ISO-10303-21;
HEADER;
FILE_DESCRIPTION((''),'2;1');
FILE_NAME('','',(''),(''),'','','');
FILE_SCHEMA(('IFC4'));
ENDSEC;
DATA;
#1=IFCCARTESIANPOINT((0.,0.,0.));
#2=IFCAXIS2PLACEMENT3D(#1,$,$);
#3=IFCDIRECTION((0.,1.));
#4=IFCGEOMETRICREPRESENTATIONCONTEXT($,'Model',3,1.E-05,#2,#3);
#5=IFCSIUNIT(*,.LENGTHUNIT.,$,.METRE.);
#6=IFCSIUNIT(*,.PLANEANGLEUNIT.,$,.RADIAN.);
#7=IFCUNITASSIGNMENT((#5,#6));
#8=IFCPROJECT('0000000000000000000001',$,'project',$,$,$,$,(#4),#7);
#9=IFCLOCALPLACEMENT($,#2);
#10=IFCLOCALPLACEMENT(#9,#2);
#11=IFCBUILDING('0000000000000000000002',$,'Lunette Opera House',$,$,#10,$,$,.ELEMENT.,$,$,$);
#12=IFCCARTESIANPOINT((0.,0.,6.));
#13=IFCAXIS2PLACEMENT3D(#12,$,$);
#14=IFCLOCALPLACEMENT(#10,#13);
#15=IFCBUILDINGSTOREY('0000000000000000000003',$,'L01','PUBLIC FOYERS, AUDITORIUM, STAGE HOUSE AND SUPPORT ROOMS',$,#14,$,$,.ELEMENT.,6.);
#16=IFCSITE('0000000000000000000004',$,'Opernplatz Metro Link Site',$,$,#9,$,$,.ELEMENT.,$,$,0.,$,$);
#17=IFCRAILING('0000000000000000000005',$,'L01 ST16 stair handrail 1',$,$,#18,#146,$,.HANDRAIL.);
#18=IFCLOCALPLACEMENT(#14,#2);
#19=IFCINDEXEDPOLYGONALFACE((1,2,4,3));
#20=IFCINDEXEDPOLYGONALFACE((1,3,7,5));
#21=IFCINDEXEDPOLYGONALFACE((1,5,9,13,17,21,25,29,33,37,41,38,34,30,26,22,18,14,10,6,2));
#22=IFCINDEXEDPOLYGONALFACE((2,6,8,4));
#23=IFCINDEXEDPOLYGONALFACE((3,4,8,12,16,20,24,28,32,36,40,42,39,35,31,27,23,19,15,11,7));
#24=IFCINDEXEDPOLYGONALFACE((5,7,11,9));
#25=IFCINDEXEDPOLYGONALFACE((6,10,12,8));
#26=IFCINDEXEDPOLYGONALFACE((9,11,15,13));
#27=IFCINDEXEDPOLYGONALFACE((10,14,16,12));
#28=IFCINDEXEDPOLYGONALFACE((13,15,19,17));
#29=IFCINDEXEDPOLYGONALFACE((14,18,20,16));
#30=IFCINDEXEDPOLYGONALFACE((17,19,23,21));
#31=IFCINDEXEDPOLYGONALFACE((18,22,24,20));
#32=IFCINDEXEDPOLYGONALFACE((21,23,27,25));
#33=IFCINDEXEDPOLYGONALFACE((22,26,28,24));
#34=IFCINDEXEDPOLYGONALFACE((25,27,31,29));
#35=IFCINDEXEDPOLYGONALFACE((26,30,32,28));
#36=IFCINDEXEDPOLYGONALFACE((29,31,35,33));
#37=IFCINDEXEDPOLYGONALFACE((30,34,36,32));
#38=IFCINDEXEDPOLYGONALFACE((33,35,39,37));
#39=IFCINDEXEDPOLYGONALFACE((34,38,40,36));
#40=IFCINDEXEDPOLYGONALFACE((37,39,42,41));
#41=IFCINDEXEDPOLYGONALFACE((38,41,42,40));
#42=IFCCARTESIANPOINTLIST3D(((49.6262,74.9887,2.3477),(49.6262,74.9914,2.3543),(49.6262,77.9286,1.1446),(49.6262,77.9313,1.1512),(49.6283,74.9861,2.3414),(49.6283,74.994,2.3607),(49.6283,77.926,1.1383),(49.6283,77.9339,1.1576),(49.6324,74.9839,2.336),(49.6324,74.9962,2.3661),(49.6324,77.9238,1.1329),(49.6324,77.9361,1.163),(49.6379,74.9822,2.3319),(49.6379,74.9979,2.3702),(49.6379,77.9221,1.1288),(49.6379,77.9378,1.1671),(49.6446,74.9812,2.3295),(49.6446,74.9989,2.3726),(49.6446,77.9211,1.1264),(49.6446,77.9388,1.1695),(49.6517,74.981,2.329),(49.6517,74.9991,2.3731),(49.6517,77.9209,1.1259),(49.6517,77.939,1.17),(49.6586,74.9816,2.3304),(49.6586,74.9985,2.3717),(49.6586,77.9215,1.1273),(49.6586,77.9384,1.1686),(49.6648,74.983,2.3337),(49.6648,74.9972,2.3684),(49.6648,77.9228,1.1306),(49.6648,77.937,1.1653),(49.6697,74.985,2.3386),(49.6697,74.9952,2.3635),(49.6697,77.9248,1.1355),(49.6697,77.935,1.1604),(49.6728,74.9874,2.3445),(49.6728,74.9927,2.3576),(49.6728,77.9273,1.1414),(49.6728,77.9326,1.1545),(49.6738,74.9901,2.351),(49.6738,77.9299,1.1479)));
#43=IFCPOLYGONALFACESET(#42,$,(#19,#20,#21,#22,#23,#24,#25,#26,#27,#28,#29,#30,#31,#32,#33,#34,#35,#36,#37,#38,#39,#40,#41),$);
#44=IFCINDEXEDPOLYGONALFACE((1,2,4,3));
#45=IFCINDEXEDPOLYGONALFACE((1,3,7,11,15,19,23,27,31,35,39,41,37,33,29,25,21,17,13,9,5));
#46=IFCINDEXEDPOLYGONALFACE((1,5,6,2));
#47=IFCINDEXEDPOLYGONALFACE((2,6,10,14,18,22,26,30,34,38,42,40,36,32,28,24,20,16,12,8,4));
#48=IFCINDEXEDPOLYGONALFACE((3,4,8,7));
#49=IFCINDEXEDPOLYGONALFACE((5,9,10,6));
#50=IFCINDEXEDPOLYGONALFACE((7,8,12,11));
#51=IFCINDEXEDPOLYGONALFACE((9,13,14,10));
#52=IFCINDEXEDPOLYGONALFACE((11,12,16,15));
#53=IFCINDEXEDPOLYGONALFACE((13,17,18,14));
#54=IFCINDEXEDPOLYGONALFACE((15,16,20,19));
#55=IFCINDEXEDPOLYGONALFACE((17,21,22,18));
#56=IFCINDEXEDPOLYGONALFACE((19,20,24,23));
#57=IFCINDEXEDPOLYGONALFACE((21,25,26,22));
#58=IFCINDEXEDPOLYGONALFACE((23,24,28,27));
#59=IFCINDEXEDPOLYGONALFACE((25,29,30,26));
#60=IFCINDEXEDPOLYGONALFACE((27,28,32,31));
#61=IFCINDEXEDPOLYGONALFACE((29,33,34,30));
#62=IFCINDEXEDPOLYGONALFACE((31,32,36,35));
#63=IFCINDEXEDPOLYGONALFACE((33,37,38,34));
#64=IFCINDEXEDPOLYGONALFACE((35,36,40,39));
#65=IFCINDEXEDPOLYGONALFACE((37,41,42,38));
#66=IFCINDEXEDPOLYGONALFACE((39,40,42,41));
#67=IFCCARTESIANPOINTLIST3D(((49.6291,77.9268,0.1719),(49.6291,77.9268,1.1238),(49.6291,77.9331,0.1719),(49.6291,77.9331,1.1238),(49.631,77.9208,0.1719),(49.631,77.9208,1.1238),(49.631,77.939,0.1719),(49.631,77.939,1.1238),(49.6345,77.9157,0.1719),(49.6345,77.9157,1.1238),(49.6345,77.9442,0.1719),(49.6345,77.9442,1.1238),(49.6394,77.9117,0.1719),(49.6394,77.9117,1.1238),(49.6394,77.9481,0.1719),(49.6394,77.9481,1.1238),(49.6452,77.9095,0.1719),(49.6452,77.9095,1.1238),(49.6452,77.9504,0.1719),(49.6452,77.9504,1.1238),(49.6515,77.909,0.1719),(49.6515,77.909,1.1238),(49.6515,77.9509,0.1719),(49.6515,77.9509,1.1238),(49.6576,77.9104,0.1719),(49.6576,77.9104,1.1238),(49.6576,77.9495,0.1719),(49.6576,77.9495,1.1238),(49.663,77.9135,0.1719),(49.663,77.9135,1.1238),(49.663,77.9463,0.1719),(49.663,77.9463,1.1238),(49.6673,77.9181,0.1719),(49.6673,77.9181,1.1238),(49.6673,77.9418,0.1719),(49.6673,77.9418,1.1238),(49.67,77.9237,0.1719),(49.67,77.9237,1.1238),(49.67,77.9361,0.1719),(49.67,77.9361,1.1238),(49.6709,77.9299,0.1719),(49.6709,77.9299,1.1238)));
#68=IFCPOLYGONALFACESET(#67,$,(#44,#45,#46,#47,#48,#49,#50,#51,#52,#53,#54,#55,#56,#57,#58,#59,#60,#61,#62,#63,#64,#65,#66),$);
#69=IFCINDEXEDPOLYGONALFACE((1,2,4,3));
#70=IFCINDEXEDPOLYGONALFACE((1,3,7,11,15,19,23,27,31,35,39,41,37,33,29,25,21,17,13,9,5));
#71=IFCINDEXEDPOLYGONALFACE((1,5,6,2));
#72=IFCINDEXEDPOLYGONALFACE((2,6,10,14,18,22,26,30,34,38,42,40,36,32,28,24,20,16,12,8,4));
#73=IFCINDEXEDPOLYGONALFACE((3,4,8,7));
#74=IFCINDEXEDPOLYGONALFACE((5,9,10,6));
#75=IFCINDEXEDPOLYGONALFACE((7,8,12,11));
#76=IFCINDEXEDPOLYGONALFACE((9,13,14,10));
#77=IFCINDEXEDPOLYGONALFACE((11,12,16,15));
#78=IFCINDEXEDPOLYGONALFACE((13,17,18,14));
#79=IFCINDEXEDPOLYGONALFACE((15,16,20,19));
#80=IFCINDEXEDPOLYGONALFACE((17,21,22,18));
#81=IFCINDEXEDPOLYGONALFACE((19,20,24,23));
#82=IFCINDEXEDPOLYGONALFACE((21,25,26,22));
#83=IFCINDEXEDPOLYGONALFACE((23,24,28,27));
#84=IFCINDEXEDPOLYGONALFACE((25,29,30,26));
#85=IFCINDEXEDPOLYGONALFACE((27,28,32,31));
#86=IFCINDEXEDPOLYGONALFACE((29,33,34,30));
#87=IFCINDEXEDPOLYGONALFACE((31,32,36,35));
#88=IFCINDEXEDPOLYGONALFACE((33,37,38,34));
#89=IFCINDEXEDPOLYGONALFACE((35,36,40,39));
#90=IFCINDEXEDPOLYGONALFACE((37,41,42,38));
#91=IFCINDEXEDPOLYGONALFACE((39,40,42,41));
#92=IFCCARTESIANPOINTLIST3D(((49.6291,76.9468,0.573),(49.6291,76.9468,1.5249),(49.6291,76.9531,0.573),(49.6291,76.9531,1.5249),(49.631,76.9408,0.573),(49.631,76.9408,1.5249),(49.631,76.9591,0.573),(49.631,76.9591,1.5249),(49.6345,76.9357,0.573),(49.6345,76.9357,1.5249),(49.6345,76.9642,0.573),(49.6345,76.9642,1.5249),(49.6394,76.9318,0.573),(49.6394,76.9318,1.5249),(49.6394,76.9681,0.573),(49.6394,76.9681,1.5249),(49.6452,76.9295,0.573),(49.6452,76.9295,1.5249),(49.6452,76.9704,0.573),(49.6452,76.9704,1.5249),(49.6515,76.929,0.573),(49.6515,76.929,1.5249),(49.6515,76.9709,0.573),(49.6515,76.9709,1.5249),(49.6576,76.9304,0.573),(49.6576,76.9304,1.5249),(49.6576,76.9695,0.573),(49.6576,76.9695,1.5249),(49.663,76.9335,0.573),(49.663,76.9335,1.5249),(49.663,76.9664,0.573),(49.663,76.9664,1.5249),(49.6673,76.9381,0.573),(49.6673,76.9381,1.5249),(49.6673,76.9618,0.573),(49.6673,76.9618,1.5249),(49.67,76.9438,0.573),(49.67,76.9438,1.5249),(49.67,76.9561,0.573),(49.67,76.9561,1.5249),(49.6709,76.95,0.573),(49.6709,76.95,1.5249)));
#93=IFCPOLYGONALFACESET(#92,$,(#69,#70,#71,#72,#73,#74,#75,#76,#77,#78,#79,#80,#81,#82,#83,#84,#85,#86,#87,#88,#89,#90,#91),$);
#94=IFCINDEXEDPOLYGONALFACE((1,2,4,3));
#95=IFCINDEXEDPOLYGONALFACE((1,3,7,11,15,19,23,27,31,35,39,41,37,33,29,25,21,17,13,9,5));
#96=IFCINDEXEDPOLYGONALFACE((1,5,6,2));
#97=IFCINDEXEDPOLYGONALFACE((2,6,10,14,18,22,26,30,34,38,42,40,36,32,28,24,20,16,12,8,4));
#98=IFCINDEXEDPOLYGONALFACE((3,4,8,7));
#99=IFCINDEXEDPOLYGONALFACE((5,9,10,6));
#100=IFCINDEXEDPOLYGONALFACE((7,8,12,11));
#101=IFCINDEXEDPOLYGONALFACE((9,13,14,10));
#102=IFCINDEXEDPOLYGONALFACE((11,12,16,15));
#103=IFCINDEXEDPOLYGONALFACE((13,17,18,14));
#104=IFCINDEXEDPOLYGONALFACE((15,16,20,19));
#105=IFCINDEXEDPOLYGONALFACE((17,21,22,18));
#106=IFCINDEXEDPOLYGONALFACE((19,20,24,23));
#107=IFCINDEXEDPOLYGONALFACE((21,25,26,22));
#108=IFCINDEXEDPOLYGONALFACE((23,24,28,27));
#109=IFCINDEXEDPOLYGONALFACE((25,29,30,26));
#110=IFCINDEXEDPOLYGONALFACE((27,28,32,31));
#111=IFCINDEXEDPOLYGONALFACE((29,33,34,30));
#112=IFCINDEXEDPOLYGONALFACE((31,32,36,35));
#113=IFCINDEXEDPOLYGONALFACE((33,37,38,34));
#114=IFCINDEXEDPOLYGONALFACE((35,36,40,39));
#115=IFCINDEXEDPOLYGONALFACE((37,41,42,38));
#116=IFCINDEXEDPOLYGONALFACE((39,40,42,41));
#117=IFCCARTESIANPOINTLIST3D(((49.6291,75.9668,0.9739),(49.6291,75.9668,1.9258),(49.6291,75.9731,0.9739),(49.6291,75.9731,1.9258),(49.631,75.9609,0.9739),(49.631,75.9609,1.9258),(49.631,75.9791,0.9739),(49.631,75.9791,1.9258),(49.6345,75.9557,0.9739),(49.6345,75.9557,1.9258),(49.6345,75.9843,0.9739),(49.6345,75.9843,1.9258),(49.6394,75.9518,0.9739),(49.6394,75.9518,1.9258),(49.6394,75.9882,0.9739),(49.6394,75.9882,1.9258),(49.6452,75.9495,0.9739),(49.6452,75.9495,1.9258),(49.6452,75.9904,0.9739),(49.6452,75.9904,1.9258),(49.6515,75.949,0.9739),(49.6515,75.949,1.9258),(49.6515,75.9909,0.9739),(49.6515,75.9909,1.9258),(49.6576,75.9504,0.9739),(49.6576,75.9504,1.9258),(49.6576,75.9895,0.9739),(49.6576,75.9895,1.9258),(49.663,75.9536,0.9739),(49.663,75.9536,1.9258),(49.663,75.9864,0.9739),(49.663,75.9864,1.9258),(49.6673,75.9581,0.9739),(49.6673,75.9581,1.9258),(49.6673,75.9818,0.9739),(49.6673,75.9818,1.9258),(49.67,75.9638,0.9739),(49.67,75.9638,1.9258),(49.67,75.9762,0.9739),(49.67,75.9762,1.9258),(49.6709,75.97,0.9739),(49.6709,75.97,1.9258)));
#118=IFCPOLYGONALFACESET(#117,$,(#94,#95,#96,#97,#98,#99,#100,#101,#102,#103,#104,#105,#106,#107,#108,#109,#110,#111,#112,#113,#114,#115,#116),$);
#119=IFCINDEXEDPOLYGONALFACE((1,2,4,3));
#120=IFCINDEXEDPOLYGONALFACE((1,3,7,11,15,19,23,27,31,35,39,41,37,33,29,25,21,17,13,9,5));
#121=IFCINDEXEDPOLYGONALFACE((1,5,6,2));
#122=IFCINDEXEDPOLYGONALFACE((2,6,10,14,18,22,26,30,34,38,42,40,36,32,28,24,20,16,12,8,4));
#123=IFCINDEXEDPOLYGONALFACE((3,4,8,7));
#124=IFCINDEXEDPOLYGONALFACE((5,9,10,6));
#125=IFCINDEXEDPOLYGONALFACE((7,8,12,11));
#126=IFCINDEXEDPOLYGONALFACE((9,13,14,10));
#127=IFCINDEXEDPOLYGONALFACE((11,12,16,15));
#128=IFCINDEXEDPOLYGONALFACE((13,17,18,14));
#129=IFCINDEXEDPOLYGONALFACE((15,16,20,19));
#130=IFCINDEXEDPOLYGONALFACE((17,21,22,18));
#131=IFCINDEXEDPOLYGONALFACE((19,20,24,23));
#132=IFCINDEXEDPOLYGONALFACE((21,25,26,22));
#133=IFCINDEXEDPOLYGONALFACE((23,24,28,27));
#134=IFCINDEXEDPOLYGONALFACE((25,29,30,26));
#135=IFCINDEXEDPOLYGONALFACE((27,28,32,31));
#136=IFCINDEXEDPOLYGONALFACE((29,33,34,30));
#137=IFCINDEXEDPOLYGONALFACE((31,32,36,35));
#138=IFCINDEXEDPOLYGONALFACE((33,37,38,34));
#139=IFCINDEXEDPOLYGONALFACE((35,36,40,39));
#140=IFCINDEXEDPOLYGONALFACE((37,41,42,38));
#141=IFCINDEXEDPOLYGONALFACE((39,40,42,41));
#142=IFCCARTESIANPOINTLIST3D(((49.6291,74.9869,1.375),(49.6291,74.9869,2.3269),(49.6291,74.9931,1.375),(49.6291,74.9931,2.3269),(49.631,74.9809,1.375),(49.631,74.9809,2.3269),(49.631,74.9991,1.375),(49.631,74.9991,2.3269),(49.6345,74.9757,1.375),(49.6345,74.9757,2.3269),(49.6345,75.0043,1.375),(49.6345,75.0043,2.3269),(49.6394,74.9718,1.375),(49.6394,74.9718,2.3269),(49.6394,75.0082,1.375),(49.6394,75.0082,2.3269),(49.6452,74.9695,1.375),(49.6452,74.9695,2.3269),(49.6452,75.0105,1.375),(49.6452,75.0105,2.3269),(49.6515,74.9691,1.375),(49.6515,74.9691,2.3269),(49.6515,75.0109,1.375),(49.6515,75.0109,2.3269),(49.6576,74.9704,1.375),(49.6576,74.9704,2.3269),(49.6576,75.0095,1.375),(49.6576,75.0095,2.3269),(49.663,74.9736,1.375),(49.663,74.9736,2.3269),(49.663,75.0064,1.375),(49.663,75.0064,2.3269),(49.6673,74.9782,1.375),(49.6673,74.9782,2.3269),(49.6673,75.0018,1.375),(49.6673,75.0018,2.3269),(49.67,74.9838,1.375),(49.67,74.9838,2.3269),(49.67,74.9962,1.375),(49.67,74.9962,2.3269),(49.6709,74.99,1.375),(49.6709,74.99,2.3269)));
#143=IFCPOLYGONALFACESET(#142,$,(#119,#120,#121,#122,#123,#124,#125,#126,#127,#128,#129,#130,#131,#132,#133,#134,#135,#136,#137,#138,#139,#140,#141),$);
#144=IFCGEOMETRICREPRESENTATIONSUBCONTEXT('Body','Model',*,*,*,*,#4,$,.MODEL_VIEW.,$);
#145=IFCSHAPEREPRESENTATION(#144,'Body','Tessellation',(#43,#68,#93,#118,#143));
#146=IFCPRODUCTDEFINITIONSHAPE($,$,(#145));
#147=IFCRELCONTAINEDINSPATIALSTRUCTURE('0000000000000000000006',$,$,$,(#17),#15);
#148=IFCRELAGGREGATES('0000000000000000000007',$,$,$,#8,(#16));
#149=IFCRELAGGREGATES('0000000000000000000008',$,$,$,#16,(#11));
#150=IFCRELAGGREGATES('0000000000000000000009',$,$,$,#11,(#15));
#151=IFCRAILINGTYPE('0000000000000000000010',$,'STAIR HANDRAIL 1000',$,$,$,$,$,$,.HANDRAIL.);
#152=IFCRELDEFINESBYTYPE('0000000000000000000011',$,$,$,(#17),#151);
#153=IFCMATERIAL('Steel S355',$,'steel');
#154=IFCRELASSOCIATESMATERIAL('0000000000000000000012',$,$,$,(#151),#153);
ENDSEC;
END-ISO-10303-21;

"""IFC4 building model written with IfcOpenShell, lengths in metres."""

from ifc_helpers import new_model, si_unit, direction, frame, origin, origin_2d, place, context, subcontext, project, spatial, circle, extrude, material, type_object, element, save


model = new_model("IFC4")

# Units and contexts
model_context = context("Model", 3, precision=1e-05, world=origin(), true_north=direction((0.0, 1.0)))
body_context = subcontext(model_context, "Body", "Model", "MODEL_VIEW")
ifc_project = project(units=[si_unit("LENGTHUNIT", "METRE"), si_unit("PLANEANGLEUNIT", "RADIAN")], contexts=[model_context])

# Site, building, storey
site_placement = place(None, origin())
site = spatial("IfcSite", under=ifc_project, at=site_placement, Name="Opernplatz Metro Link Site", CompositionType="ELEMENT", RefElevation=0.0)
building_placement = place(site_placement, origin())
building = spatial("IfcBuilding", under=site, at=building_placement, Name="Lunette Opera House", CompositionType="ELEMENT")
storey_placement = place(building_placement, frame((0.0, 0.0, 6.0)))
storey = spatial("IfcBuildingStorey", under=building, at=storey_placement, Name="L01", Description="PUBLIC FOYERS, AUDITORIUM, STAGE HOUSE AND SUPPORT ROOMS", CompositionType="ELEMENT", Elevation=6.0)

# Railing
ifc_material_1 = material(Name="Steel S355", Category="steel")
railing_type_1 = type_object("IfcRailingType", Name="STAIR HANDRAIL 1000", PredefinedType="HANDRAIL", material=ifc_material_1)
railing_1_placement = place(storey_placement, frame((49.6499, 77.9299, 0.1719)))
element("IfcRailing", 1, at=railing_1_placement, inside=storey, type_object=railing_type_1, Name="L01 ST16 stair handrail 1", PredefinedType="HANDRAIL", context=body_context, shape_type="SweptSolid", body=[
    extrude(circle(Radius=0.0239, at=origin_2d()), frame((0.0, 0.0, 0.9761), z_axis=(0.0, -0.9255, 0.378747), x_axis=(1.0, 0.0, 0.0)), (0.0, 0.0, 1.0), 3.1765),
    extrude(circle(Radius=0.021, at=origin_2d()), origin(), (0.0, 0.0, 1.0), 0.9519),
    extrude(circle(Radius=0.021, at=origin_2d()), frame((0.0, -0.98, 0.4011)), (0.0, 0.0, 1.0), 0.9519),
    extrude(circle(Radius=0.021, at=origin_2d()), frame((0.0, -1.96, 0.802)), (0.0, 0.0, 1.0), 0.9519),
    extrude(circle(Radius=0.021, at=origin_2d()), frame((0.0, -2.9399, 1.2031)), (0.0, 0.0, 1.0), 0.9519),
])

save(model, "model.ifc")
